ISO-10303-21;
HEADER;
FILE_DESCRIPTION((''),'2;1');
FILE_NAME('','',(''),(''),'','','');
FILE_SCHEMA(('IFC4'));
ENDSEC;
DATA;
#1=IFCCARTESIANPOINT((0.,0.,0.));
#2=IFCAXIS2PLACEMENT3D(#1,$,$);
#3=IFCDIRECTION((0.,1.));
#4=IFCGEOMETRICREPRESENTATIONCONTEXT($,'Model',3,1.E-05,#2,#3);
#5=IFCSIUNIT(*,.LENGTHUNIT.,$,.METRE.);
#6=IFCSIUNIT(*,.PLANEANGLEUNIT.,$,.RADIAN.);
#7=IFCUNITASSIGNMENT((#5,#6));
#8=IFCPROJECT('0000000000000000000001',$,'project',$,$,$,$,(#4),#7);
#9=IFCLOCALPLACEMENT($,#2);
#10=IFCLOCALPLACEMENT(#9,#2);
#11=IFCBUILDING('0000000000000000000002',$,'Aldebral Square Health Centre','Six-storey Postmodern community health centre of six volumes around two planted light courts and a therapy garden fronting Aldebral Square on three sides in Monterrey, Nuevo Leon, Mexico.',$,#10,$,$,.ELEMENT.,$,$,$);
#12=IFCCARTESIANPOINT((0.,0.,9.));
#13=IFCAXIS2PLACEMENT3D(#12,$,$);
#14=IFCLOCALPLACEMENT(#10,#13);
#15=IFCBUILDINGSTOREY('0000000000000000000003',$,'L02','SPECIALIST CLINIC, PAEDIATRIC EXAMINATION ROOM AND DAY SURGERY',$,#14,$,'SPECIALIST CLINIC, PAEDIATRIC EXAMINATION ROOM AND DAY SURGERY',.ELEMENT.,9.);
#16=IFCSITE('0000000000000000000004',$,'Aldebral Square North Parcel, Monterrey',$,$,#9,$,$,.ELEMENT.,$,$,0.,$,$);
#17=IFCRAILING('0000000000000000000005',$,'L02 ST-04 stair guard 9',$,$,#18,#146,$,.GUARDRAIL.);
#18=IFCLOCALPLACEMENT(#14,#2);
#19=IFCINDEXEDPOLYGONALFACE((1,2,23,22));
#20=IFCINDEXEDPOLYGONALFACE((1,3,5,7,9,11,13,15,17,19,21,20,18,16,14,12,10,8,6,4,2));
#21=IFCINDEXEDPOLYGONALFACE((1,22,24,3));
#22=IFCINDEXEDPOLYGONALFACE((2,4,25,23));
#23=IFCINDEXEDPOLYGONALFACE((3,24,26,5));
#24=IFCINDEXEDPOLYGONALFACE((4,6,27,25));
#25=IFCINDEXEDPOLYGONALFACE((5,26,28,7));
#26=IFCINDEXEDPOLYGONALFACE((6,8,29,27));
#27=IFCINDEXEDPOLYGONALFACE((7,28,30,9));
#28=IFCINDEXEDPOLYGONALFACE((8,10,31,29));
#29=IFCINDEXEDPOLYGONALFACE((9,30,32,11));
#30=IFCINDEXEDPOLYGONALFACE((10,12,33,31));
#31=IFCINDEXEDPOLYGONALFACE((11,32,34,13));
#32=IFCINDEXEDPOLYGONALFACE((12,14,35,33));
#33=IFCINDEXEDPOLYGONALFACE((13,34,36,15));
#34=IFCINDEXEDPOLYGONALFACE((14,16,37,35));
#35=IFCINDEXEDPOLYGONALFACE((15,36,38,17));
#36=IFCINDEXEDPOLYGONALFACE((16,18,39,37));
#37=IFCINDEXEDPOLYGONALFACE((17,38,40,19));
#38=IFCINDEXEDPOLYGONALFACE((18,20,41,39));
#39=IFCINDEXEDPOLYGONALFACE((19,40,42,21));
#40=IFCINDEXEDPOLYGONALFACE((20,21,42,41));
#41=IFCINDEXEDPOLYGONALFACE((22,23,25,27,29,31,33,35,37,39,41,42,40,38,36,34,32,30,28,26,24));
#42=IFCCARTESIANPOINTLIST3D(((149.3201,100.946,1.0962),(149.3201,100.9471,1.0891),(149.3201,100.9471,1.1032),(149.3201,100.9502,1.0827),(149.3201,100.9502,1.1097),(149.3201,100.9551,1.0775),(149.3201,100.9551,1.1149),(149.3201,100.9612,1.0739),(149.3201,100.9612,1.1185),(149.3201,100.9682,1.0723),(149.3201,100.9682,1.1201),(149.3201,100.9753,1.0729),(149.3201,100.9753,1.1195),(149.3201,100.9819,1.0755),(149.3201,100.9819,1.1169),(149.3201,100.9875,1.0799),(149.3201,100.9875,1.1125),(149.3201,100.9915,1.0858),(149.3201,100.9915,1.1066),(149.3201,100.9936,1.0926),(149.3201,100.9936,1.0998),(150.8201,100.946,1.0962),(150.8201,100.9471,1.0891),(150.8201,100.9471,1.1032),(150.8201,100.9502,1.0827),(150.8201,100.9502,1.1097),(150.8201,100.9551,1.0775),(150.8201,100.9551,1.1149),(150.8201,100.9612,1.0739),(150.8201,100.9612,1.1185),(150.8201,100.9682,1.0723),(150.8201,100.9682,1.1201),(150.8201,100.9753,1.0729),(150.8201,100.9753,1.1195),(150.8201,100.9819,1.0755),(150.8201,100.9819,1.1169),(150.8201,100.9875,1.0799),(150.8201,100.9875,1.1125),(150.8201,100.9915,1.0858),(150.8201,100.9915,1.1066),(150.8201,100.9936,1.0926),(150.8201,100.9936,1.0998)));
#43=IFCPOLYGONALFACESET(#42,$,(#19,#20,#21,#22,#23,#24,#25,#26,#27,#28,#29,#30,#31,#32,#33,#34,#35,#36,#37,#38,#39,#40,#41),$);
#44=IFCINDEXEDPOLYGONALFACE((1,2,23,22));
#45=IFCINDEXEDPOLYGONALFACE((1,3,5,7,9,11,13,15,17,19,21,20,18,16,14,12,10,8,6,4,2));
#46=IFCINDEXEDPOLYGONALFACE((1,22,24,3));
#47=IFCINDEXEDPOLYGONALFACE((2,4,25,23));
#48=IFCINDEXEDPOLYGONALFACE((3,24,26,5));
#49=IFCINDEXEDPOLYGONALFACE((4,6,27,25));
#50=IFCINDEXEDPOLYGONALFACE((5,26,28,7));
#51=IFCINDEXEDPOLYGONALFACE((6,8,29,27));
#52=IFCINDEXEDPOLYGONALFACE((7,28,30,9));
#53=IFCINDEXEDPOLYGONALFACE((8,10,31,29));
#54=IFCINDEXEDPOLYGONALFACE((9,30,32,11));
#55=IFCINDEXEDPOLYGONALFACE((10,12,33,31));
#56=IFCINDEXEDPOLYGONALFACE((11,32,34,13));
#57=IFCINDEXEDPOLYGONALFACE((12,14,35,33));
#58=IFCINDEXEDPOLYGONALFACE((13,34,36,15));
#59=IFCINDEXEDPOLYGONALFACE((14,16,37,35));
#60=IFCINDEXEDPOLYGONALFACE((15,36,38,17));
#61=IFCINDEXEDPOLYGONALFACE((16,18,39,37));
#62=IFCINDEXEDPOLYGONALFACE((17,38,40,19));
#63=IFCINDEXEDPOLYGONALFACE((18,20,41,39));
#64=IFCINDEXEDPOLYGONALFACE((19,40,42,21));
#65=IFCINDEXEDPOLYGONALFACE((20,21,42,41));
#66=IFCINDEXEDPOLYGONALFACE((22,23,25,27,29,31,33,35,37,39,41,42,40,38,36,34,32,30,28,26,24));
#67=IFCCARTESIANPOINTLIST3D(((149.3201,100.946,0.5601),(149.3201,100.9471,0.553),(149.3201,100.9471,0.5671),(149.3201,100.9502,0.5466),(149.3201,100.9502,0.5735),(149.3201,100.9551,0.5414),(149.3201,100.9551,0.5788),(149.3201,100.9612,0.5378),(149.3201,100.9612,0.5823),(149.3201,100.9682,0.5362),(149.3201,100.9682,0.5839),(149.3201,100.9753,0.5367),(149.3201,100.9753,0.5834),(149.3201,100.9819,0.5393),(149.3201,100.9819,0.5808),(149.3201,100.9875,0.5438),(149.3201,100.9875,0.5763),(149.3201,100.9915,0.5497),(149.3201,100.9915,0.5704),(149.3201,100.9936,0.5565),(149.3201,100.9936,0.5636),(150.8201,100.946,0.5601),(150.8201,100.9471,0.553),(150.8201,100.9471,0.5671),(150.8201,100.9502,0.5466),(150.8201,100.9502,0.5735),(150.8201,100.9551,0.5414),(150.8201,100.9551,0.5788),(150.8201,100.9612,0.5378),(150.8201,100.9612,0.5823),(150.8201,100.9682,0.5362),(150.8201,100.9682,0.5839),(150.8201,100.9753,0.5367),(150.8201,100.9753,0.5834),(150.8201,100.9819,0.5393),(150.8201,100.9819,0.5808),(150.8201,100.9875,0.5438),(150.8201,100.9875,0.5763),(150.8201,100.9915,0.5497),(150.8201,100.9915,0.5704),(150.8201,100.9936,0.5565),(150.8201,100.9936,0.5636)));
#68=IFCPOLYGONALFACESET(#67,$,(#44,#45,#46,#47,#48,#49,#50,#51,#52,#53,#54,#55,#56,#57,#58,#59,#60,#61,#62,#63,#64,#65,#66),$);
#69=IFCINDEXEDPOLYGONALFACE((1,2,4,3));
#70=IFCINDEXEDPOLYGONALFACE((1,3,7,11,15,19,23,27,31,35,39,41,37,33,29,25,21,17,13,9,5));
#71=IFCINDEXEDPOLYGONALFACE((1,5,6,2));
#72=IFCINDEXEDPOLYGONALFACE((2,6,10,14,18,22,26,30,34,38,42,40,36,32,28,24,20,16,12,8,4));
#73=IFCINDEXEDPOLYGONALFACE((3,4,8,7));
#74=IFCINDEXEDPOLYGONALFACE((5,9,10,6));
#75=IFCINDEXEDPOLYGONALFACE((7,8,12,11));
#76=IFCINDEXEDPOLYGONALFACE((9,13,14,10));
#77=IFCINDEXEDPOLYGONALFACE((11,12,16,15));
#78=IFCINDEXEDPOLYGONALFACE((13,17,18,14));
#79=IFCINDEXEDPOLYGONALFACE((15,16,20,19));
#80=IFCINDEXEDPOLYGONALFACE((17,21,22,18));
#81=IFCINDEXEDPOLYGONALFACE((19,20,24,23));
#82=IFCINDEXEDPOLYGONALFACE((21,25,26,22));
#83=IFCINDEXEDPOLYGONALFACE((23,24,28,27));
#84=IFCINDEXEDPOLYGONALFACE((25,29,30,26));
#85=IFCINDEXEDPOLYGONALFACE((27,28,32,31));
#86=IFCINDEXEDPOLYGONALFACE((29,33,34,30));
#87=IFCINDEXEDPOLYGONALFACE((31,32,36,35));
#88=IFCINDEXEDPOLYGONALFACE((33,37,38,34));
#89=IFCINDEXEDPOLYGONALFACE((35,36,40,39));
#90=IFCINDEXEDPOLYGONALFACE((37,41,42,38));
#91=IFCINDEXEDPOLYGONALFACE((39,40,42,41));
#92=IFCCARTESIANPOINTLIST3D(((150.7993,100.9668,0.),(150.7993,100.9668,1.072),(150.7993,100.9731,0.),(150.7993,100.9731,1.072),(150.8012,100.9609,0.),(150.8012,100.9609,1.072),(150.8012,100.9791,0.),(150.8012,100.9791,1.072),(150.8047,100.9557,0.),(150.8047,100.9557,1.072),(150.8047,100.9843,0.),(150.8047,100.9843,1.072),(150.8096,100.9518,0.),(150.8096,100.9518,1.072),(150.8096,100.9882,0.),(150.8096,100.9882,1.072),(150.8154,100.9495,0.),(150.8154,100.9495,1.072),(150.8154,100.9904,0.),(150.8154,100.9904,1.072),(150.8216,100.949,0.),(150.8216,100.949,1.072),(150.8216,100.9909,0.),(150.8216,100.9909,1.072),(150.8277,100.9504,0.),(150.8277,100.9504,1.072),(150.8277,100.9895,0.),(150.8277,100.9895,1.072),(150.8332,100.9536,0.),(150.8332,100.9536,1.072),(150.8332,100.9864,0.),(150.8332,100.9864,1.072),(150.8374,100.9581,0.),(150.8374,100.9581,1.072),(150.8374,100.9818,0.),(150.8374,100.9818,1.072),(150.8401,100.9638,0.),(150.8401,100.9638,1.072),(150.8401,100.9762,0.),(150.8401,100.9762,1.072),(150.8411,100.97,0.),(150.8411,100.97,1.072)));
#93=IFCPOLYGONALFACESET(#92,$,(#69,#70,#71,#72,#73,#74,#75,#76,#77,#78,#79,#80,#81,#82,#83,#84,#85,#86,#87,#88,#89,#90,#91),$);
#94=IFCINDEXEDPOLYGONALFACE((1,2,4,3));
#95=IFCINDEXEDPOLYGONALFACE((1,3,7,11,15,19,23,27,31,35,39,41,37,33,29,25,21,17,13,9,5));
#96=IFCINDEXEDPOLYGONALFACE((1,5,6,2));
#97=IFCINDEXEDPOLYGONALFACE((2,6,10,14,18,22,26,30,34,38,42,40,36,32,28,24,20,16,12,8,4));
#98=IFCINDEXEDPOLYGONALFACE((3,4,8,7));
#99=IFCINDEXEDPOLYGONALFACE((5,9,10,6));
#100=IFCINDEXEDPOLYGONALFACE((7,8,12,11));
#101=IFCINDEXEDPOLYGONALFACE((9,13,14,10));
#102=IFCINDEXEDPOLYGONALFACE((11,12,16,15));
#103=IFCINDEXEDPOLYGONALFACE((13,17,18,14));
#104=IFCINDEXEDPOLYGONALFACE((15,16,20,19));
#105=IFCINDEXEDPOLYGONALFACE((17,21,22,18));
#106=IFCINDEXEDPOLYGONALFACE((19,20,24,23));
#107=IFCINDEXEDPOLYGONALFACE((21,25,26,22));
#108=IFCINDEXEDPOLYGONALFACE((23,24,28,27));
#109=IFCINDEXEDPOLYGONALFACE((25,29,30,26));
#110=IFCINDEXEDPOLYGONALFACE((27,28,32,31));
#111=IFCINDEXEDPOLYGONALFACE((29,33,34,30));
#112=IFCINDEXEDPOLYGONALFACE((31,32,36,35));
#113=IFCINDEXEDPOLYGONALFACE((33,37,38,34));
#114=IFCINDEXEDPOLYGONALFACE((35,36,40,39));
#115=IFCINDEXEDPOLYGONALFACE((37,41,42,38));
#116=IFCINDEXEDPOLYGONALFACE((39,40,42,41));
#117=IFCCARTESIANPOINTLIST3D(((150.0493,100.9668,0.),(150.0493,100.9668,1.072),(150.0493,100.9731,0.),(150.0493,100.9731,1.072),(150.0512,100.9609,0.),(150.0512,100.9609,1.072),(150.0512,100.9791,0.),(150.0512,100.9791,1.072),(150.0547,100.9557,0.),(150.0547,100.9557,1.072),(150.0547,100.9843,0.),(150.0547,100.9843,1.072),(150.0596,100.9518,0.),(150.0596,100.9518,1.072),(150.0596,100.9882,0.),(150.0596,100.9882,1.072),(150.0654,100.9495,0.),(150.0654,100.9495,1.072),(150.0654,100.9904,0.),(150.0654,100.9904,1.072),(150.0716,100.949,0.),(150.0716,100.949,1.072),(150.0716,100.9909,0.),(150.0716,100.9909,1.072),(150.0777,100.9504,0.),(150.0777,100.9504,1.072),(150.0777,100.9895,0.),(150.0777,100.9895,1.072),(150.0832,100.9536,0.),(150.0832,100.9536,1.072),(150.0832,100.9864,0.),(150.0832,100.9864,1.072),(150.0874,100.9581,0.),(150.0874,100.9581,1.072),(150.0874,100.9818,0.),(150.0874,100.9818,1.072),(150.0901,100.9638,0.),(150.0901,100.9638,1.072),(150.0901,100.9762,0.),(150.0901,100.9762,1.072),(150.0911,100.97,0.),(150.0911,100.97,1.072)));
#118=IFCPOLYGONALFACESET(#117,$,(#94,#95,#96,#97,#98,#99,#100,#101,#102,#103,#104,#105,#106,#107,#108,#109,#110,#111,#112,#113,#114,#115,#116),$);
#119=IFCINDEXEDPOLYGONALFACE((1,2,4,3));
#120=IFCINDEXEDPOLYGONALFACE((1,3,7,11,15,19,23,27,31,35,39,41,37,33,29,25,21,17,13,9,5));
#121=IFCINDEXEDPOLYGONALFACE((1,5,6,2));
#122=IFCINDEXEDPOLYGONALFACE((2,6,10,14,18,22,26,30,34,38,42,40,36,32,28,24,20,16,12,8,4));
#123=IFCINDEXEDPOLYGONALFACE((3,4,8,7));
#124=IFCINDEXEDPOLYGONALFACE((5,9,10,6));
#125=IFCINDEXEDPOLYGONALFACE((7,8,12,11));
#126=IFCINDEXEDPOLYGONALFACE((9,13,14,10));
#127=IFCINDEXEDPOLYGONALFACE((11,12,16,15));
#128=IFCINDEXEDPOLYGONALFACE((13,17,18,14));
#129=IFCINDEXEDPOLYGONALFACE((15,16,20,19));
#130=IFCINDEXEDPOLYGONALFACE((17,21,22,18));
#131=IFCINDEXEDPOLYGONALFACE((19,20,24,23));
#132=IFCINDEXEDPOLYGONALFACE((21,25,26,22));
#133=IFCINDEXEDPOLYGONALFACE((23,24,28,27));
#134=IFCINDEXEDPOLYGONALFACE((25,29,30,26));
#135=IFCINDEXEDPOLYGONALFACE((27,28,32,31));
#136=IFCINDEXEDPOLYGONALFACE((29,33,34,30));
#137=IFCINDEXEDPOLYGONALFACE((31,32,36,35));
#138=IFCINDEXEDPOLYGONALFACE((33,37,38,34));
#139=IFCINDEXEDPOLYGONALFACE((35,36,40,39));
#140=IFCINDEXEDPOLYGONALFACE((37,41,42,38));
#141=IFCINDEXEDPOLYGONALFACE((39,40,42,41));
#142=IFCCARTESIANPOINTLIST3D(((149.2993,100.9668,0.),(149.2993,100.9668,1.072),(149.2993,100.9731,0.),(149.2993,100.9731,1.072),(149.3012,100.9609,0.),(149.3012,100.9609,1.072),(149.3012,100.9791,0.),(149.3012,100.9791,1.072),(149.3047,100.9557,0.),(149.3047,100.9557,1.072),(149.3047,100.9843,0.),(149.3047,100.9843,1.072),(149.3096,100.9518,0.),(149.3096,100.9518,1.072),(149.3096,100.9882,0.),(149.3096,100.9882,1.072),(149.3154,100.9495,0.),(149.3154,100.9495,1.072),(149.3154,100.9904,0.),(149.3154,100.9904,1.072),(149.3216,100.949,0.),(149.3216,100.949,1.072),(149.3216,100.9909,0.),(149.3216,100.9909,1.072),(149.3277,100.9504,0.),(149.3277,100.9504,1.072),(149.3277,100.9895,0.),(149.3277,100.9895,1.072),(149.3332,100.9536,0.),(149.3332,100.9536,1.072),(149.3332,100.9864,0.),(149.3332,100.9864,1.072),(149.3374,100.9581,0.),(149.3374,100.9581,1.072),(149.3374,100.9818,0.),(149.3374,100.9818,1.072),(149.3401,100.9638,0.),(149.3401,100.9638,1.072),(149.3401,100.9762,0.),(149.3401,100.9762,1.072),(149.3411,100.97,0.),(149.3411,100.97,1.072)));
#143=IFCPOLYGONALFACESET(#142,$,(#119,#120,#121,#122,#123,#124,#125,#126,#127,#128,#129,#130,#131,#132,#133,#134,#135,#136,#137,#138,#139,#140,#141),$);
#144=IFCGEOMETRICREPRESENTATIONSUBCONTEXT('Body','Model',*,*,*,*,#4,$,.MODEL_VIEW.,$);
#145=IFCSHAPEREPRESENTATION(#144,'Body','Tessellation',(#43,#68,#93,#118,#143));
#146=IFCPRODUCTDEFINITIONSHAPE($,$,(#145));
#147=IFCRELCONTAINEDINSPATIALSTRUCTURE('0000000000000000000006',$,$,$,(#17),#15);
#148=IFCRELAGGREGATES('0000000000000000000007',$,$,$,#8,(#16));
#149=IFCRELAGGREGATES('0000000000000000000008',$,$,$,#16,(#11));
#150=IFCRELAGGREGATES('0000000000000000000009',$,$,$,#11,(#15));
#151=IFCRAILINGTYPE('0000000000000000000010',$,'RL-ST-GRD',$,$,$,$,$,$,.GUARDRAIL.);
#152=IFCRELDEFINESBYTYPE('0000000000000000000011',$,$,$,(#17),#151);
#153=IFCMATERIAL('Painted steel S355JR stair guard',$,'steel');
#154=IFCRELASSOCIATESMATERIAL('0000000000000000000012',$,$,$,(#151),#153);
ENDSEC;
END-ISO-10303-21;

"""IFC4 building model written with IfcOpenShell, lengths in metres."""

from ifc_helpers import new_model, si_unit, direction, frame, origin, origin_2d, place, context, subcontext, project, spatial, circle, extrude, material, type_object, element, save


model = new_model("IFC4")

# Units and contexts
model_context = context("Model", 3, precision=1e-05, world=origin(), true_north=direction((0.0, 1.0)))
body_context = subcontext(model_context, "Body", "Model", "MODEL_VIEW")
ifc_project = project(units=[si_unit("LENGTHUNIT", "METRE"), si_unit("PLANEANGLEUNIT", "RADIAN")], contexts=[model_context])

# Site, building, storey
site_placement = place(None, origin())
site = spatial("IfcSite", under=ifc_project, at=site_placement, Name="Aldebral Square North Parcel, Monterrey", CompositionType="ELEMENT", RefElevation=0.0)
building_placement = place(site_placement, origin())
building = spatial("IfcBuilding", under=site, at=building_placement, Name="Aldebral Square Health Centre", Description="Six-storey Postmodern community health centre of six volumes around two planted light courts and a therapy garden fronting Aldebral Square on three sides in Monterrey, Nuevo Leon, Mexico.", CompositionType="ELEMENT")
storey_placement = place(building_placement, frame((0.0, 0.0, 9.0)))
storey = spatial("IfcBuildingStorey", under=building, at=storey_placement, Name="L02", Description="SPECIALIST CLINIC, PAEDIATRIC EXAMINATION ROOM AND DAY SURGERY", LongName="SPECIALIST CLINIC, PAEDIATRIC EXAMINATION ROOM AND DAY SURGERY", CompositionType="ELEMENT", Elevation=9.0)

# Railing
ifc_material_1 = material(Name="Painted steel S355JR stair guard", Category="steel")
railing_type_1 = type_object("IfcRailingType", Name="RL-ST-GRD", PredefinedType="GUARDRAIL", material=ifc_material_1)
railing_1_placement = place(storey_placement, frame((150.8201, 100.97, 0.0)))
element("IfcRailing", 1, at=railing_1_placement, inside=storey, type_object=railing_type_1, Name="L02 ST-04 stair guard 9", PredefinedType="GUARDRAIL", context=body_context, shape_type="SweptSolid", body=[
    extrude(circle(Radius=0.0239, at=origin_2d()), frame((0.0, 0.0, 1.0962), z_axis=(-1.0, 0.0, 0.0), x_axis=(0.0, -1.0, 0.0)), (0.0, 0.0, 1.0), 1.5),
    extrude(circle(Radius=0.0239, at=origin_2d()), frame((0.0, 0.0, 0.5601), z_axis=(-1.0, 0.0, 0.0), x_axis=(0.0, -1.0, 0.0)), (0.0, 0.0, 1.0), 1.5),
    extrude(circle(Radius=0.021, at=origin_2d()), origin(), (0.0, 0.0, 1.0), 1.072),
    extrude(circle(Radius=0.021, at=origin_2d()), frame((-0.75, 0.0, 0.0)), (0.0, 0.0, 1.0), 1.072),
    extrude(circle(Radius=0.021, at=origin_2d()), frame((-1.5, 0.0, 0.0)), (0.0, 0.0, 1.0), 1.072),
])

save(model, "model.ifc")
